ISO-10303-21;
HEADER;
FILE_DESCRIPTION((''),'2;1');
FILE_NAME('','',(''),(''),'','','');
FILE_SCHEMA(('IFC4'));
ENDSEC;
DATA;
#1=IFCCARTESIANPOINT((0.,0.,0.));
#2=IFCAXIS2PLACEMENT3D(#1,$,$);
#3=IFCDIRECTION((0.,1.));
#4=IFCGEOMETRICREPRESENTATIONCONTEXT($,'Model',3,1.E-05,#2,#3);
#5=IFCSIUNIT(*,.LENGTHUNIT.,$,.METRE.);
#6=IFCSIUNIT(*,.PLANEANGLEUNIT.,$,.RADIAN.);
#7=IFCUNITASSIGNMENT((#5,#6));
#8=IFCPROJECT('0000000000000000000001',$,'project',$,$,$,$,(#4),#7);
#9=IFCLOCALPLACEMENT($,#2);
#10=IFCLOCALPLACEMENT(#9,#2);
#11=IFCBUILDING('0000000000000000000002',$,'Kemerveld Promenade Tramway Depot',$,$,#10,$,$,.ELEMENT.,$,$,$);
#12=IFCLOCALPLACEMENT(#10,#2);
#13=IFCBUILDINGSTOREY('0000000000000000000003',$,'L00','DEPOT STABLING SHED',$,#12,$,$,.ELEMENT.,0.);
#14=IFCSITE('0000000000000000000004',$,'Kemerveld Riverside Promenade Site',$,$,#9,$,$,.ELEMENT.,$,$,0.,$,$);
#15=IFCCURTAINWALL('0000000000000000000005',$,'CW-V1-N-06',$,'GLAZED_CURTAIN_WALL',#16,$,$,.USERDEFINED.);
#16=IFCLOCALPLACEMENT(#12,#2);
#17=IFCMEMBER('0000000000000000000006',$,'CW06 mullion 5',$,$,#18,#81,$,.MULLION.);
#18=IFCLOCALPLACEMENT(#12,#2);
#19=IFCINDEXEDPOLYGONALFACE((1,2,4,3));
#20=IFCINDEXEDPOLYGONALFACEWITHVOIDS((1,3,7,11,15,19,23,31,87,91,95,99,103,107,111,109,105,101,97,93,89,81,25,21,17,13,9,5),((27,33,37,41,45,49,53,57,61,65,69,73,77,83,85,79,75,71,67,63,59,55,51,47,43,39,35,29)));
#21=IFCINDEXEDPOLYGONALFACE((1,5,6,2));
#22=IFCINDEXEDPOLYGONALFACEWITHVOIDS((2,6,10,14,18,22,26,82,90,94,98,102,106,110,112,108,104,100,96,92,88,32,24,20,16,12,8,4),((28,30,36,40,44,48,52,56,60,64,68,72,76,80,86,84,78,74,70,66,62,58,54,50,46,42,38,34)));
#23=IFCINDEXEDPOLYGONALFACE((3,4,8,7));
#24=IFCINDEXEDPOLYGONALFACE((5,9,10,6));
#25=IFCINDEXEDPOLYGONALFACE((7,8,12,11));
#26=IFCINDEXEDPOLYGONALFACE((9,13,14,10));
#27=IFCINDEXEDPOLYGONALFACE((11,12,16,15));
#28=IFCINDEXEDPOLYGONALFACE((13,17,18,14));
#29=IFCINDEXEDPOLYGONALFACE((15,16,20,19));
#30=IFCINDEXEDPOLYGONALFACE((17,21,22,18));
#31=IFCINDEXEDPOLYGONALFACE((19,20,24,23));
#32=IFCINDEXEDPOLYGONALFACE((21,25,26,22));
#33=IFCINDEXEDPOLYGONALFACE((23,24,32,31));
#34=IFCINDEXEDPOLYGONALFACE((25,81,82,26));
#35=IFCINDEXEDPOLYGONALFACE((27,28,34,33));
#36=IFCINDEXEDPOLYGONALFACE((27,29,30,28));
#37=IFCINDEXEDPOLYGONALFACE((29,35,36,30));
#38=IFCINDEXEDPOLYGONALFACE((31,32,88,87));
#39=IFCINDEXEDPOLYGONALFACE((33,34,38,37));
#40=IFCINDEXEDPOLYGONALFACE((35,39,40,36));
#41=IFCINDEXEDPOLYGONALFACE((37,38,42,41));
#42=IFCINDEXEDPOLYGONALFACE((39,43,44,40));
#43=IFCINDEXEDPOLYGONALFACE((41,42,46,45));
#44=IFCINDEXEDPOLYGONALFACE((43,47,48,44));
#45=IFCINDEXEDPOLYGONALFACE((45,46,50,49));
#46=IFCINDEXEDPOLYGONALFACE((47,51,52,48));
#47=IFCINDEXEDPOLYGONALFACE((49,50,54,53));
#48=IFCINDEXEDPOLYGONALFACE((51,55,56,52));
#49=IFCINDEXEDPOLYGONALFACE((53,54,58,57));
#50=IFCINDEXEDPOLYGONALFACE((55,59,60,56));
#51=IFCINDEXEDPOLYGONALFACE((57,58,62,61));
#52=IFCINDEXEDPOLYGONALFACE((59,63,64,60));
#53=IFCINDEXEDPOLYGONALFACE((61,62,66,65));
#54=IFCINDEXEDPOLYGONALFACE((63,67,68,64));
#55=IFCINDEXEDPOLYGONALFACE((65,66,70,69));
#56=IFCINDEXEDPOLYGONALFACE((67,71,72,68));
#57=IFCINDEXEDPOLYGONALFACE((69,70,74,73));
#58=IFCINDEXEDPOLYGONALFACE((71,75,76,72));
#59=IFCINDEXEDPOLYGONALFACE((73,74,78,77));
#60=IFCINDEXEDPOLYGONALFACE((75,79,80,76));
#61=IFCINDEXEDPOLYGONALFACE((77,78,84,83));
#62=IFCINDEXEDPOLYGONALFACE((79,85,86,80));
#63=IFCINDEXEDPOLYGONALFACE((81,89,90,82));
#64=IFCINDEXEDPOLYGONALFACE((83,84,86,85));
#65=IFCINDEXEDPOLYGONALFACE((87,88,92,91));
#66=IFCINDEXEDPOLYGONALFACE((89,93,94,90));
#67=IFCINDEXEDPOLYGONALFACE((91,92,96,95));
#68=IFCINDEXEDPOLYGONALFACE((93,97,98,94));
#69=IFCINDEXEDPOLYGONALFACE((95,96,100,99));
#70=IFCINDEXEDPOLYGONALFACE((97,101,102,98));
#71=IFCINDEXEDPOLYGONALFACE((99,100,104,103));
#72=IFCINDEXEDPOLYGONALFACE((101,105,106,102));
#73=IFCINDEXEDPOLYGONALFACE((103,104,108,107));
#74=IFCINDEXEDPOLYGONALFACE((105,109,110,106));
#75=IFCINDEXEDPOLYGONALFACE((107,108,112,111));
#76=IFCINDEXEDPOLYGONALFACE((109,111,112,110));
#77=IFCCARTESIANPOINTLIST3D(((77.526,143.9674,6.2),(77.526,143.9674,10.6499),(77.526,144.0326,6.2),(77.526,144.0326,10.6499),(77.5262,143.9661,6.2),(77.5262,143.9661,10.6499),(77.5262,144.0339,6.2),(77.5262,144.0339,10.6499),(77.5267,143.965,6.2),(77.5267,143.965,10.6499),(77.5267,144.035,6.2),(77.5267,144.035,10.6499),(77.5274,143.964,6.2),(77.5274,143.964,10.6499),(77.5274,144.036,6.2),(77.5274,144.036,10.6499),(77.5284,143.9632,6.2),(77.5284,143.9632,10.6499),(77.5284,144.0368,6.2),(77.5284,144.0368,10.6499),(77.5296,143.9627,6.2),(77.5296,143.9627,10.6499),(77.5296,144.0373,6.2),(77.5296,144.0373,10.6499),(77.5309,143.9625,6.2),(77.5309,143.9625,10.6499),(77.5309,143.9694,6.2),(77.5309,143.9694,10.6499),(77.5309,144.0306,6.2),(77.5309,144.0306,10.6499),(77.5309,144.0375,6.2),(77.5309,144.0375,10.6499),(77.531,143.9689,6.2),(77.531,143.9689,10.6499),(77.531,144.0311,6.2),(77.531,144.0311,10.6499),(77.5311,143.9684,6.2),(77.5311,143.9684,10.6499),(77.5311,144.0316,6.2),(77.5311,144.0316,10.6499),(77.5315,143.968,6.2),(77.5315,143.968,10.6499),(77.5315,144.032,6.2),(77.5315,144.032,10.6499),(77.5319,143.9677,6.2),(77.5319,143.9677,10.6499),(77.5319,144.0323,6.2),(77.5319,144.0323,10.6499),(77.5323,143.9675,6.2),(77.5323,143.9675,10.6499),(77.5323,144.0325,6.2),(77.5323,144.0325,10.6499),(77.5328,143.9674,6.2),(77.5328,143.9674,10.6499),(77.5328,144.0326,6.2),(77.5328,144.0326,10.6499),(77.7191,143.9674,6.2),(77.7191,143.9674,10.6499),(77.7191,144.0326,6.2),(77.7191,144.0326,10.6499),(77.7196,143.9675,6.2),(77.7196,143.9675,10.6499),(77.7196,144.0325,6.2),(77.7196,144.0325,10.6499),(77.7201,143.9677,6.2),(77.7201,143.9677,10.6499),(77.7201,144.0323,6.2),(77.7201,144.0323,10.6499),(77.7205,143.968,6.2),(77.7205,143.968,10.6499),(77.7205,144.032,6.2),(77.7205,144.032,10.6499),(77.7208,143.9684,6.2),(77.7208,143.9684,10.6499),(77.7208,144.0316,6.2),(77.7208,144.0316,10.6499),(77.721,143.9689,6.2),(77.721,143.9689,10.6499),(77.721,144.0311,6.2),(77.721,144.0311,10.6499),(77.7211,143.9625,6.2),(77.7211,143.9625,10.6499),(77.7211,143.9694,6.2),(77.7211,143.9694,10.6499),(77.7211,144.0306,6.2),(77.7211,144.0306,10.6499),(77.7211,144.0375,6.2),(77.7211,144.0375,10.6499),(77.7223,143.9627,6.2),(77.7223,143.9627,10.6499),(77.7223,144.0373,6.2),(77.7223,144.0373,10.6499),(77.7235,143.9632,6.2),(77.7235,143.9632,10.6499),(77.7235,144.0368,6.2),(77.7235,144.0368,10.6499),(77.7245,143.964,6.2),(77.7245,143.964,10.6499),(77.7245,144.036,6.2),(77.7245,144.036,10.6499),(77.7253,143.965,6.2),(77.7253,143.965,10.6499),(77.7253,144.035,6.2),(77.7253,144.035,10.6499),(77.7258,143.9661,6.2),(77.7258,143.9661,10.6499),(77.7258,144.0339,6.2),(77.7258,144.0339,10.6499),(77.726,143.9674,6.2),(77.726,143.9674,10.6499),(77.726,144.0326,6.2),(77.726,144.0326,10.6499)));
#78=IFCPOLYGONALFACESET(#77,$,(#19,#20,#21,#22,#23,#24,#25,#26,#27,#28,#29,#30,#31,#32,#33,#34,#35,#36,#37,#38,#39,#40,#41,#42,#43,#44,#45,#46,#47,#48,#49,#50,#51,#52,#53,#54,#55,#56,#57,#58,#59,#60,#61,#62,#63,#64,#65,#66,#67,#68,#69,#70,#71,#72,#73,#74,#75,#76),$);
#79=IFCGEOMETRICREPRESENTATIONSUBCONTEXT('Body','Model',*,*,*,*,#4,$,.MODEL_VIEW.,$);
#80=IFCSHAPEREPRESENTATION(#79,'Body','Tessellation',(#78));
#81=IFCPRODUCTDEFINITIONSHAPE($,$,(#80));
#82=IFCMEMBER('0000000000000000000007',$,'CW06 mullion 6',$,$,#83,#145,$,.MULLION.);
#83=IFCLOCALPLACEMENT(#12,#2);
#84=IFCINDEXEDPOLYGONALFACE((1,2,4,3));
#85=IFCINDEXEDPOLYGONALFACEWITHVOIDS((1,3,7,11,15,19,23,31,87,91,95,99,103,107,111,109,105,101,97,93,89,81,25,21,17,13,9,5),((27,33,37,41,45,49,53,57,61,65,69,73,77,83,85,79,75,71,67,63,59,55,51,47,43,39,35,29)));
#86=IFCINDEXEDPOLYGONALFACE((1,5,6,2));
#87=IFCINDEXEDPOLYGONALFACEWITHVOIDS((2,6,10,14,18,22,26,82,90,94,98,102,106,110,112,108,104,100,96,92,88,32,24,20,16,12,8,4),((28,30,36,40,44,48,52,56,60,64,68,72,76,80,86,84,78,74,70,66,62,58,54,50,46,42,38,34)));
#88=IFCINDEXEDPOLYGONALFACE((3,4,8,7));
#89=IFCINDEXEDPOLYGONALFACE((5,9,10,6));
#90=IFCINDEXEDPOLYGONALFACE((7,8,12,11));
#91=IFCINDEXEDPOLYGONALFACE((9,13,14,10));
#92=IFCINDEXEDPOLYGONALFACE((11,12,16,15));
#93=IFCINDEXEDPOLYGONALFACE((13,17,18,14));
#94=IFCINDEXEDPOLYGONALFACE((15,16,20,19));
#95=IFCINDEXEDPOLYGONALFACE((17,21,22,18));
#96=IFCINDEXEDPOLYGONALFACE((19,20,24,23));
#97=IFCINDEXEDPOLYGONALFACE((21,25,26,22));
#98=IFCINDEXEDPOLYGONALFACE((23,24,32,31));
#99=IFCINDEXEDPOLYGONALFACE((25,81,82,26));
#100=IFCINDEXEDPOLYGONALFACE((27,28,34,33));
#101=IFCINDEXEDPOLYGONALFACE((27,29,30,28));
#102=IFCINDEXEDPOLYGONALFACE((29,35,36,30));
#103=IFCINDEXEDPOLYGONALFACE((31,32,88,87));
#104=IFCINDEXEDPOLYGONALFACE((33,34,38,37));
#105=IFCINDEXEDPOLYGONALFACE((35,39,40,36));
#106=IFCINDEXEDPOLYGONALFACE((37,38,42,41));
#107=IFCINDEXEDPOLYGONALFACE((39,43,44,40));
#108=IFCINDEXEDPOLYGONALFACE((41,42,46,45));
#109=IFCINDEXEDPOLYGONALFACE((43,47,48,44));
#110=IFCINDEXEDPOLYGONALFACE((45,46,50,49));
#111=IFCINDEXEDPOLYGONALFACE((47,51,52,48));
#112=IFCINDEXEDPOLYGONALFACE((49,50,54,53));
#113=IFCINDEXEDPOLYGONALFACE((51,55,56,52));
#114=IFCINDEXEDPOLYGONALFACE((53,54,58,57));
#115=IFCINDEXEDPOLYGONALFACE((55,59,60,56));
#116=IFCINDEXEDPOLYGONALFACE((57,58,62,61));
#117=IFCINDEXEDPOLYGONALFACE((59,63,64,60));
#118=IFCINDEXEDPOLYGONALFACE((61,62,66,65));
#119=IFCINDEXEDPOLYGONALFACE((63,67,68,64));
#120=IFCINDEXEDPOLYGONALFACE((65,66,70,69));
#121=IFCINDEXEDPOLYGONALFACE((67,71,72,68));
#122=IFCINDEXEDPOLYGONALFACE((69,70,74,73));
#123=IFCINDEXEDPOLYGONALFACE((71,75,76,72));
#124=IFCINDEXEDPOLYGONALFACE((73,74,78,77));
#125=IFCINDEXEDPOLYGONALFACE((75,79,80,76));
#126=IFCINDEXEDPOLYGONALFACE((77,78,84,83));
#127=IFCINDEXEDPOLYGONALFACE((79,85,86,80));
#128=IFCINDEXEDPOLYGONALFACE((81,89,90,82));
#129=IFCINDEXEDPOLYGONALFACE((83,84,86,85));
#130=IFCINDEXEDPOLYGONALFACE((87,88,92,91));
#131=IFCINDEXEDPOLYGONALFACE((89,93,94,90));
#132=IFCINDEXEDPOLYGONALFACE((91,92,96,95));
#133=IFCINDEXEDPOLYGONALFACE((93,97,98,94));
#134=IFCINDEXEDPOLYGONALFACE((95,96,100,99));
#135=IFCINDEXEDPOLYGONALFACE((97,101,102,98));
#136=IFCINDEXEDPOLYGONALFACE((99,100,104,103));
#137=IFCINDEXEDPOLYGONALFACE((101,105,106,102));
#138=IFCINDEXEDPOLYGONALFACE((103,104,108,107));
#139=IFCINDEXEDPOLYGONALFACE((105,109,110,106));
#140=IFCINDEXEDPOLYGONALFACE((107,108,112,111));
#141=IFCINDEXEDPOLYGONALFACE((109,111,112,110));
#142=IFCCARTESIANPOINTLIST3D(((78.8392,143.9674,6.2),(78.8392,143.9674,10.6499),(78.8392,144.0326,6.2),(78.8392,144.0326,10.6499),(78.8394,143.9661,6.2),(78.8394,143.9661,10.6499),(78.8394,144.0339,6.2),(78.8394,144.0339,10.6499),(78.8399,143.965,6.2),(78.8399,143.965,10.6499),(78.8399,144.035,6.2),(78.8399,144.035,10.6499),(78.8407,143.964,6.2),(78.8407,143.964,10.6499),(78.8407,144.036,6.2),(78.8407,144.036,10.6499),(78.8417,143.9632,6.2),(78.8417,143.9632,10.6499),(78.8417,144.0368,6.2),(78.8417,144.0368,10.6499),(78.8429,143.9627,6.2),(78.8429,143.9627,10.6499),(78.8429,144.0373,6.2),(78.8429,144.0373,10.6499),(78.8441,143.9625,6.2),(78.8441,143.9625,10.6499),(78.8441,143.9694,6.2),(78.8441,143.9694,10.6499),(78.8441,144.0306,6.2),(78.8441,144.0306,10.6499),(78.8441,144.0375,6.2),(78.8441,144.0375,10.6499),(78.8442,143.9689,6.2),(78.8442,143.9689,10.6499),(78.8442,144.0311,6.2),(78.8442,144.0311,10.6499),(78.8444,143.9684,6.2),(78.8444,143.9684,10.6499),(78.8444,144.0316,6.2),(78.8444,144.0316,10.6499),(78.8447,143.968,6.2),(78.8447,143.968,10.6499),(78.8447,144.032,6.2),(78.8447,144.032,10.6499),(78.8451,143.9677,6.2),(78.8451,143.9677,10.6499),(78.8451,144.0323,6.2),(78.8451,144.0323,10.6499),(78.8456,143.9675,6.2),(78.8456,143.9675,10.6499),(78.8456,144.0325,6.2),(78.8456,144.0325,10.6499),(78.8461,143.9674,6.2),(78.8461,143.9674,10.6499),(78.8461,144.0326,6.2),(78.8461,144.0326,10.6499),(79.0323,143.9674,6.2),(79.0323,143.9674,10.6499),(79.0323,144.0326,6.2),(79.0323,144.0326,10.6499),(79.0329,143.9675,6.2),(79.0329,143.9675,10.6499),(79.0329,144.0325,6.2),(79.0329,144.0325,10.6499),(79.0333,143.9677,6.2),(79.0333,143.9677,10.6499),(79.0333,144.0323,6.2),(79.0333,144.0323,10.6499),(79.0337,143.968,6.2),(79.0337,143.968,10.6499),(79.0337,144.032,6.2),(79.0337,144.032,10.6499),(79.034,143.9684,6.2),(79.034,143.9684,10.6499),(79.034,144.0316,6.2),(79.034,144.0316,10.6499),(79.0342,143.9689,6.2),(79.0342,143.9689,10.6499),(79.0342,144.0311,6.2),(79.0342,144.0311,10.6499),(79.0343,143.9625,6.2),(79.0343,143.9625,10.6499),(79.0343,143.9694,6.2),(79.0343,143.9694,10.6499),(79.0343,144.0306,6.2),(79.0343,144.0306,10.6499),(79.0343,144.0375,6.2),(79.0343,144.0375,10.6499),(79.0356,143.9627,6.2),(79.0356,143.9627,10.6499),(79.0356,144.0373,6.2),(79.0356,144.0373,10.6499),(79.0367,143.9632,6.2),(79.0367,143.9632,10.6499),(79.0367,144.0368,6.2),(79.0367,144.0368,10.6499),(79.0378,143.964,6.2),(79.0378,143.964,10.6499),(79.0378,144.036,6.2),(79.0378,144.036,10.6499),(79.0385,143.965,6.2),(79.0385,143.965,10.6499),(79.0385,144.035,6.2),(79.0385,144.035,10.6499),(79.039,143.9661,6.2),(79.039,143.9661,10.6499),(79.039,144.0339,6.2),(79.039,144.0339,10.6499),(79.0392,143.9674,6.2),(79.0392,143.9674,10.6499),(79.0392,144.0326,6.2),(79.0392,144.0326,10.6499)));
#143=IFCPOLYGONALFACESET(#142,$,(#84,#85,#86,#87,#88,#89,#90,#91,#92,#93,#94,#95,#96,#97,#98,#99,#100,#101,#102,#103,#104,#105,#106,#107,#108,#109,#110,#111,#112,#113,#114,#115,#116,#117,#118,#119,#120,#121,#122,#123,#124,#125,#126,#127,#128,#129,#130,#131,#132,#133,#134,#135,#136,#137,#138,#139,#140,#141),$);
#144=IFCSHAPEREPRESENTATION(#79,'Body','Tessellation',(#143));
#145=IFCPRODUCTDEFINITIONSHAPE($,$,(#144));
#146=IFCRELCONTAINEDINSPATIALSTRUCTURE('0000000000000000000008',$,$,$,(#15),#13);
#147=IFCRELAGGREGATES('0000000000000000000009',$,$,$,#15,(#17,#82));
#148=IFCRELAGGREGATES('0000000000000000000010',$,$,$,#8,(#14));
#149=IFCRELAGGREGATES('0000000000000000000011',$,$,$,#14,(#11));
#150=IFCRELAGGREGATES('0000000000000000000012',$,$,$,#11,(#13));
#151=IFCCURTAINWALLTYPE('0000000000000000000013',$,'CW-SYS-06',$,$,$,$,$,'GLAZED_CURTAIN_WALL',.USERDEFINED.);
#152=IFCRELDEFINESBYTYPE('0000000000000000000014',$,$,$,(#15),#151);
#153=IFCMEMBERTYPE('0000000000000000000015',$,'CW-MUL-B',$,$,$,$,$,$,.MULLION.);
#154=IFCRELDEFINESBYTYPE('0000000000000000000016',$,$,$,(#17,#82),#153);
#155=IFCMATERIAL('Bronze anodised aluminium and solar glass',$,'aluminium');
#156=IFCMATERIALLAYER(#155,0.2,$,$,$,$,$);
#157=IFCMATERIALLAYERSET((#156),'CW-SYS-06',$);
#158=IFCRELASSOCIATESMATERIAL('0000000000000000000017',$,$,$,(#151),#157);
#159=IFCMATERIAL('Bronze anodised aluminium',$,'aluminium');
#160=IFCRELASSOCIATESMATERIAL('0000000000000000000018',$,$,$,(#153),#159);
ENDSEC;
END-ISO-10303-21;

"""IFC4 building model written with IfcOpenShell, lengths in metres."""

from ifc_helpers import new_model, si_unit, direction, frame, origin, origin_2d, place, context, subcontext, project, spatial, hollow_rectangle, extrude, material, layer, layer_set, material_profile, profile_set, type_object, element, aggregate, save


model = new_model("IFC4")

# Units and contexts
model_context = context("Model", 3, precision=1e-05, world=origin(), true_north=direction((0.0, 1.0)))
body_context = subcontext(model_context, "Body", "Model", "MODEL_VIEW")
ifc_project = project(units=[si_unit("LENGTHUNIT", "METRE"), si_unit("PLANEANGLEUNIT", "RADIAN")], contexts=[model_context])

# Site, building, storey
site_placement = place(None, origin())
site = spatial("IfcSite", under=ifc_project, at=site_placement, Name="Kemerveld Riverside Promenade Site", CompositionType="ELEMENT", RefElevation=0.0)
building_placement = place(site_placement, origin())
building = spatial("IfcBuilding", under=site, at=building_placement, Name="Kemerveld Promenade Tramway Depot", CompositionType="ELEMENT")
storey_placement = place(building_placement, origin())
storey = spatial("IfcBuildingStorey", under=building, at=storey_placement, Name="L00", Description="DEPOT STABLING SHED", CompositionType="ELEMENT", Elevation=0.0)

# Curtain wall, members
ifc_material_1 = material(Name="Bronze anodised aluminium and solar glass", Category="aluminium")
ifc_material_2 = material(Name="Bronze anodised aluminium", Category="aluminium")
ifc_layer_1 = layer(ifc_material_1, 0.2)
ifc_layer_set_1 = layer_set([ifc_layer_1], Name="CW-SYS-06")
curtain_wall_type_1 = type_object("IfcCurtainWallType", Name="CW-SYS-06", ElementType="GLAZED_CURTAIN_WALL", PredefinedType="USERDEFINED", material=ifc_layer_set_1)
curtain_wall_1_placement = place(storey_placement, origin())
curtain_wall_1 = element("IfcCurtainWall", 1, at=curtain_wall_1_placement, inside=storey, type_object=curtain_wall_type_1, Name="CW-V1-N-06", ObjectType="GLAZED_CURTAIN_WALL", PredefinedType="USERDEFINED")
ifc_material_profile_1 = material_profile(ifc_material_2, hollow_rectangle(XDim=0.075, YDim=0.2, WallThickness=0.0049, InnerFilletRadius=0.002, OuterFilletRadius=0.0049, at=origin_2d()), Name="CW-MUL-200x75")
ifc_profile_set_1 = profile_set([ifc_material_profile_1], Name="Bronze anodised aluminium")
member_type_1 = type_object("IfcMemberType", Name="CW-MUL-B", PredefinedType="MULLION", material=ifc_profile_set_1)
member_1_placement = place(storey_placement, frame((77.626, 144.0, 6.2), z_axis=(0.0, 0.0, 1.0), x_axis=(0.0, 1.0, 0.0)))
member_1 = element("IfcMember", 2, at=member_1_placement, type_object=member_type_1, Name="CW06 mullion 5", PredefinedType="MULLION", context=body_context, shape_type="SweptSolid", body=[
    extrude(hollow_rectangle(XDim=0.075, YDim=0.2, WallThickness=0.0049, InnerFilletRadius=0.002, OuterFilletRadius=0.0049, at=origin_2d()), origin(), (0.0, 0.0, 1.0), 4.45),
])
member_2_placement = place(storey_placement, frame((78.9392, 144.0, 6.2), z_axis=(0.0, 0.0, 1.0), x_axis=(0.0, 1.0, 0.0)))
member_2 = element("IfcMember", 3, at=member_2_placement, type_object=member_type_1, Name="CW06 mullion 6", PredefinedType="MULLION", context=body_context, shape_type="SweptSolid", body=[
    extrude(hollow_rectangle(XDim=0.075, YDim=0.2, WallThickness=0.0049, InnerFilletRadius=0.002, OuterFilletRadius=0.0049, at=origin_2d()), origin(), (0.0, 0.0, 1.0), 4.45),
])

aggregate(curtain_wall_1, [member_1, member_2])

save(model, "model.ifc")
